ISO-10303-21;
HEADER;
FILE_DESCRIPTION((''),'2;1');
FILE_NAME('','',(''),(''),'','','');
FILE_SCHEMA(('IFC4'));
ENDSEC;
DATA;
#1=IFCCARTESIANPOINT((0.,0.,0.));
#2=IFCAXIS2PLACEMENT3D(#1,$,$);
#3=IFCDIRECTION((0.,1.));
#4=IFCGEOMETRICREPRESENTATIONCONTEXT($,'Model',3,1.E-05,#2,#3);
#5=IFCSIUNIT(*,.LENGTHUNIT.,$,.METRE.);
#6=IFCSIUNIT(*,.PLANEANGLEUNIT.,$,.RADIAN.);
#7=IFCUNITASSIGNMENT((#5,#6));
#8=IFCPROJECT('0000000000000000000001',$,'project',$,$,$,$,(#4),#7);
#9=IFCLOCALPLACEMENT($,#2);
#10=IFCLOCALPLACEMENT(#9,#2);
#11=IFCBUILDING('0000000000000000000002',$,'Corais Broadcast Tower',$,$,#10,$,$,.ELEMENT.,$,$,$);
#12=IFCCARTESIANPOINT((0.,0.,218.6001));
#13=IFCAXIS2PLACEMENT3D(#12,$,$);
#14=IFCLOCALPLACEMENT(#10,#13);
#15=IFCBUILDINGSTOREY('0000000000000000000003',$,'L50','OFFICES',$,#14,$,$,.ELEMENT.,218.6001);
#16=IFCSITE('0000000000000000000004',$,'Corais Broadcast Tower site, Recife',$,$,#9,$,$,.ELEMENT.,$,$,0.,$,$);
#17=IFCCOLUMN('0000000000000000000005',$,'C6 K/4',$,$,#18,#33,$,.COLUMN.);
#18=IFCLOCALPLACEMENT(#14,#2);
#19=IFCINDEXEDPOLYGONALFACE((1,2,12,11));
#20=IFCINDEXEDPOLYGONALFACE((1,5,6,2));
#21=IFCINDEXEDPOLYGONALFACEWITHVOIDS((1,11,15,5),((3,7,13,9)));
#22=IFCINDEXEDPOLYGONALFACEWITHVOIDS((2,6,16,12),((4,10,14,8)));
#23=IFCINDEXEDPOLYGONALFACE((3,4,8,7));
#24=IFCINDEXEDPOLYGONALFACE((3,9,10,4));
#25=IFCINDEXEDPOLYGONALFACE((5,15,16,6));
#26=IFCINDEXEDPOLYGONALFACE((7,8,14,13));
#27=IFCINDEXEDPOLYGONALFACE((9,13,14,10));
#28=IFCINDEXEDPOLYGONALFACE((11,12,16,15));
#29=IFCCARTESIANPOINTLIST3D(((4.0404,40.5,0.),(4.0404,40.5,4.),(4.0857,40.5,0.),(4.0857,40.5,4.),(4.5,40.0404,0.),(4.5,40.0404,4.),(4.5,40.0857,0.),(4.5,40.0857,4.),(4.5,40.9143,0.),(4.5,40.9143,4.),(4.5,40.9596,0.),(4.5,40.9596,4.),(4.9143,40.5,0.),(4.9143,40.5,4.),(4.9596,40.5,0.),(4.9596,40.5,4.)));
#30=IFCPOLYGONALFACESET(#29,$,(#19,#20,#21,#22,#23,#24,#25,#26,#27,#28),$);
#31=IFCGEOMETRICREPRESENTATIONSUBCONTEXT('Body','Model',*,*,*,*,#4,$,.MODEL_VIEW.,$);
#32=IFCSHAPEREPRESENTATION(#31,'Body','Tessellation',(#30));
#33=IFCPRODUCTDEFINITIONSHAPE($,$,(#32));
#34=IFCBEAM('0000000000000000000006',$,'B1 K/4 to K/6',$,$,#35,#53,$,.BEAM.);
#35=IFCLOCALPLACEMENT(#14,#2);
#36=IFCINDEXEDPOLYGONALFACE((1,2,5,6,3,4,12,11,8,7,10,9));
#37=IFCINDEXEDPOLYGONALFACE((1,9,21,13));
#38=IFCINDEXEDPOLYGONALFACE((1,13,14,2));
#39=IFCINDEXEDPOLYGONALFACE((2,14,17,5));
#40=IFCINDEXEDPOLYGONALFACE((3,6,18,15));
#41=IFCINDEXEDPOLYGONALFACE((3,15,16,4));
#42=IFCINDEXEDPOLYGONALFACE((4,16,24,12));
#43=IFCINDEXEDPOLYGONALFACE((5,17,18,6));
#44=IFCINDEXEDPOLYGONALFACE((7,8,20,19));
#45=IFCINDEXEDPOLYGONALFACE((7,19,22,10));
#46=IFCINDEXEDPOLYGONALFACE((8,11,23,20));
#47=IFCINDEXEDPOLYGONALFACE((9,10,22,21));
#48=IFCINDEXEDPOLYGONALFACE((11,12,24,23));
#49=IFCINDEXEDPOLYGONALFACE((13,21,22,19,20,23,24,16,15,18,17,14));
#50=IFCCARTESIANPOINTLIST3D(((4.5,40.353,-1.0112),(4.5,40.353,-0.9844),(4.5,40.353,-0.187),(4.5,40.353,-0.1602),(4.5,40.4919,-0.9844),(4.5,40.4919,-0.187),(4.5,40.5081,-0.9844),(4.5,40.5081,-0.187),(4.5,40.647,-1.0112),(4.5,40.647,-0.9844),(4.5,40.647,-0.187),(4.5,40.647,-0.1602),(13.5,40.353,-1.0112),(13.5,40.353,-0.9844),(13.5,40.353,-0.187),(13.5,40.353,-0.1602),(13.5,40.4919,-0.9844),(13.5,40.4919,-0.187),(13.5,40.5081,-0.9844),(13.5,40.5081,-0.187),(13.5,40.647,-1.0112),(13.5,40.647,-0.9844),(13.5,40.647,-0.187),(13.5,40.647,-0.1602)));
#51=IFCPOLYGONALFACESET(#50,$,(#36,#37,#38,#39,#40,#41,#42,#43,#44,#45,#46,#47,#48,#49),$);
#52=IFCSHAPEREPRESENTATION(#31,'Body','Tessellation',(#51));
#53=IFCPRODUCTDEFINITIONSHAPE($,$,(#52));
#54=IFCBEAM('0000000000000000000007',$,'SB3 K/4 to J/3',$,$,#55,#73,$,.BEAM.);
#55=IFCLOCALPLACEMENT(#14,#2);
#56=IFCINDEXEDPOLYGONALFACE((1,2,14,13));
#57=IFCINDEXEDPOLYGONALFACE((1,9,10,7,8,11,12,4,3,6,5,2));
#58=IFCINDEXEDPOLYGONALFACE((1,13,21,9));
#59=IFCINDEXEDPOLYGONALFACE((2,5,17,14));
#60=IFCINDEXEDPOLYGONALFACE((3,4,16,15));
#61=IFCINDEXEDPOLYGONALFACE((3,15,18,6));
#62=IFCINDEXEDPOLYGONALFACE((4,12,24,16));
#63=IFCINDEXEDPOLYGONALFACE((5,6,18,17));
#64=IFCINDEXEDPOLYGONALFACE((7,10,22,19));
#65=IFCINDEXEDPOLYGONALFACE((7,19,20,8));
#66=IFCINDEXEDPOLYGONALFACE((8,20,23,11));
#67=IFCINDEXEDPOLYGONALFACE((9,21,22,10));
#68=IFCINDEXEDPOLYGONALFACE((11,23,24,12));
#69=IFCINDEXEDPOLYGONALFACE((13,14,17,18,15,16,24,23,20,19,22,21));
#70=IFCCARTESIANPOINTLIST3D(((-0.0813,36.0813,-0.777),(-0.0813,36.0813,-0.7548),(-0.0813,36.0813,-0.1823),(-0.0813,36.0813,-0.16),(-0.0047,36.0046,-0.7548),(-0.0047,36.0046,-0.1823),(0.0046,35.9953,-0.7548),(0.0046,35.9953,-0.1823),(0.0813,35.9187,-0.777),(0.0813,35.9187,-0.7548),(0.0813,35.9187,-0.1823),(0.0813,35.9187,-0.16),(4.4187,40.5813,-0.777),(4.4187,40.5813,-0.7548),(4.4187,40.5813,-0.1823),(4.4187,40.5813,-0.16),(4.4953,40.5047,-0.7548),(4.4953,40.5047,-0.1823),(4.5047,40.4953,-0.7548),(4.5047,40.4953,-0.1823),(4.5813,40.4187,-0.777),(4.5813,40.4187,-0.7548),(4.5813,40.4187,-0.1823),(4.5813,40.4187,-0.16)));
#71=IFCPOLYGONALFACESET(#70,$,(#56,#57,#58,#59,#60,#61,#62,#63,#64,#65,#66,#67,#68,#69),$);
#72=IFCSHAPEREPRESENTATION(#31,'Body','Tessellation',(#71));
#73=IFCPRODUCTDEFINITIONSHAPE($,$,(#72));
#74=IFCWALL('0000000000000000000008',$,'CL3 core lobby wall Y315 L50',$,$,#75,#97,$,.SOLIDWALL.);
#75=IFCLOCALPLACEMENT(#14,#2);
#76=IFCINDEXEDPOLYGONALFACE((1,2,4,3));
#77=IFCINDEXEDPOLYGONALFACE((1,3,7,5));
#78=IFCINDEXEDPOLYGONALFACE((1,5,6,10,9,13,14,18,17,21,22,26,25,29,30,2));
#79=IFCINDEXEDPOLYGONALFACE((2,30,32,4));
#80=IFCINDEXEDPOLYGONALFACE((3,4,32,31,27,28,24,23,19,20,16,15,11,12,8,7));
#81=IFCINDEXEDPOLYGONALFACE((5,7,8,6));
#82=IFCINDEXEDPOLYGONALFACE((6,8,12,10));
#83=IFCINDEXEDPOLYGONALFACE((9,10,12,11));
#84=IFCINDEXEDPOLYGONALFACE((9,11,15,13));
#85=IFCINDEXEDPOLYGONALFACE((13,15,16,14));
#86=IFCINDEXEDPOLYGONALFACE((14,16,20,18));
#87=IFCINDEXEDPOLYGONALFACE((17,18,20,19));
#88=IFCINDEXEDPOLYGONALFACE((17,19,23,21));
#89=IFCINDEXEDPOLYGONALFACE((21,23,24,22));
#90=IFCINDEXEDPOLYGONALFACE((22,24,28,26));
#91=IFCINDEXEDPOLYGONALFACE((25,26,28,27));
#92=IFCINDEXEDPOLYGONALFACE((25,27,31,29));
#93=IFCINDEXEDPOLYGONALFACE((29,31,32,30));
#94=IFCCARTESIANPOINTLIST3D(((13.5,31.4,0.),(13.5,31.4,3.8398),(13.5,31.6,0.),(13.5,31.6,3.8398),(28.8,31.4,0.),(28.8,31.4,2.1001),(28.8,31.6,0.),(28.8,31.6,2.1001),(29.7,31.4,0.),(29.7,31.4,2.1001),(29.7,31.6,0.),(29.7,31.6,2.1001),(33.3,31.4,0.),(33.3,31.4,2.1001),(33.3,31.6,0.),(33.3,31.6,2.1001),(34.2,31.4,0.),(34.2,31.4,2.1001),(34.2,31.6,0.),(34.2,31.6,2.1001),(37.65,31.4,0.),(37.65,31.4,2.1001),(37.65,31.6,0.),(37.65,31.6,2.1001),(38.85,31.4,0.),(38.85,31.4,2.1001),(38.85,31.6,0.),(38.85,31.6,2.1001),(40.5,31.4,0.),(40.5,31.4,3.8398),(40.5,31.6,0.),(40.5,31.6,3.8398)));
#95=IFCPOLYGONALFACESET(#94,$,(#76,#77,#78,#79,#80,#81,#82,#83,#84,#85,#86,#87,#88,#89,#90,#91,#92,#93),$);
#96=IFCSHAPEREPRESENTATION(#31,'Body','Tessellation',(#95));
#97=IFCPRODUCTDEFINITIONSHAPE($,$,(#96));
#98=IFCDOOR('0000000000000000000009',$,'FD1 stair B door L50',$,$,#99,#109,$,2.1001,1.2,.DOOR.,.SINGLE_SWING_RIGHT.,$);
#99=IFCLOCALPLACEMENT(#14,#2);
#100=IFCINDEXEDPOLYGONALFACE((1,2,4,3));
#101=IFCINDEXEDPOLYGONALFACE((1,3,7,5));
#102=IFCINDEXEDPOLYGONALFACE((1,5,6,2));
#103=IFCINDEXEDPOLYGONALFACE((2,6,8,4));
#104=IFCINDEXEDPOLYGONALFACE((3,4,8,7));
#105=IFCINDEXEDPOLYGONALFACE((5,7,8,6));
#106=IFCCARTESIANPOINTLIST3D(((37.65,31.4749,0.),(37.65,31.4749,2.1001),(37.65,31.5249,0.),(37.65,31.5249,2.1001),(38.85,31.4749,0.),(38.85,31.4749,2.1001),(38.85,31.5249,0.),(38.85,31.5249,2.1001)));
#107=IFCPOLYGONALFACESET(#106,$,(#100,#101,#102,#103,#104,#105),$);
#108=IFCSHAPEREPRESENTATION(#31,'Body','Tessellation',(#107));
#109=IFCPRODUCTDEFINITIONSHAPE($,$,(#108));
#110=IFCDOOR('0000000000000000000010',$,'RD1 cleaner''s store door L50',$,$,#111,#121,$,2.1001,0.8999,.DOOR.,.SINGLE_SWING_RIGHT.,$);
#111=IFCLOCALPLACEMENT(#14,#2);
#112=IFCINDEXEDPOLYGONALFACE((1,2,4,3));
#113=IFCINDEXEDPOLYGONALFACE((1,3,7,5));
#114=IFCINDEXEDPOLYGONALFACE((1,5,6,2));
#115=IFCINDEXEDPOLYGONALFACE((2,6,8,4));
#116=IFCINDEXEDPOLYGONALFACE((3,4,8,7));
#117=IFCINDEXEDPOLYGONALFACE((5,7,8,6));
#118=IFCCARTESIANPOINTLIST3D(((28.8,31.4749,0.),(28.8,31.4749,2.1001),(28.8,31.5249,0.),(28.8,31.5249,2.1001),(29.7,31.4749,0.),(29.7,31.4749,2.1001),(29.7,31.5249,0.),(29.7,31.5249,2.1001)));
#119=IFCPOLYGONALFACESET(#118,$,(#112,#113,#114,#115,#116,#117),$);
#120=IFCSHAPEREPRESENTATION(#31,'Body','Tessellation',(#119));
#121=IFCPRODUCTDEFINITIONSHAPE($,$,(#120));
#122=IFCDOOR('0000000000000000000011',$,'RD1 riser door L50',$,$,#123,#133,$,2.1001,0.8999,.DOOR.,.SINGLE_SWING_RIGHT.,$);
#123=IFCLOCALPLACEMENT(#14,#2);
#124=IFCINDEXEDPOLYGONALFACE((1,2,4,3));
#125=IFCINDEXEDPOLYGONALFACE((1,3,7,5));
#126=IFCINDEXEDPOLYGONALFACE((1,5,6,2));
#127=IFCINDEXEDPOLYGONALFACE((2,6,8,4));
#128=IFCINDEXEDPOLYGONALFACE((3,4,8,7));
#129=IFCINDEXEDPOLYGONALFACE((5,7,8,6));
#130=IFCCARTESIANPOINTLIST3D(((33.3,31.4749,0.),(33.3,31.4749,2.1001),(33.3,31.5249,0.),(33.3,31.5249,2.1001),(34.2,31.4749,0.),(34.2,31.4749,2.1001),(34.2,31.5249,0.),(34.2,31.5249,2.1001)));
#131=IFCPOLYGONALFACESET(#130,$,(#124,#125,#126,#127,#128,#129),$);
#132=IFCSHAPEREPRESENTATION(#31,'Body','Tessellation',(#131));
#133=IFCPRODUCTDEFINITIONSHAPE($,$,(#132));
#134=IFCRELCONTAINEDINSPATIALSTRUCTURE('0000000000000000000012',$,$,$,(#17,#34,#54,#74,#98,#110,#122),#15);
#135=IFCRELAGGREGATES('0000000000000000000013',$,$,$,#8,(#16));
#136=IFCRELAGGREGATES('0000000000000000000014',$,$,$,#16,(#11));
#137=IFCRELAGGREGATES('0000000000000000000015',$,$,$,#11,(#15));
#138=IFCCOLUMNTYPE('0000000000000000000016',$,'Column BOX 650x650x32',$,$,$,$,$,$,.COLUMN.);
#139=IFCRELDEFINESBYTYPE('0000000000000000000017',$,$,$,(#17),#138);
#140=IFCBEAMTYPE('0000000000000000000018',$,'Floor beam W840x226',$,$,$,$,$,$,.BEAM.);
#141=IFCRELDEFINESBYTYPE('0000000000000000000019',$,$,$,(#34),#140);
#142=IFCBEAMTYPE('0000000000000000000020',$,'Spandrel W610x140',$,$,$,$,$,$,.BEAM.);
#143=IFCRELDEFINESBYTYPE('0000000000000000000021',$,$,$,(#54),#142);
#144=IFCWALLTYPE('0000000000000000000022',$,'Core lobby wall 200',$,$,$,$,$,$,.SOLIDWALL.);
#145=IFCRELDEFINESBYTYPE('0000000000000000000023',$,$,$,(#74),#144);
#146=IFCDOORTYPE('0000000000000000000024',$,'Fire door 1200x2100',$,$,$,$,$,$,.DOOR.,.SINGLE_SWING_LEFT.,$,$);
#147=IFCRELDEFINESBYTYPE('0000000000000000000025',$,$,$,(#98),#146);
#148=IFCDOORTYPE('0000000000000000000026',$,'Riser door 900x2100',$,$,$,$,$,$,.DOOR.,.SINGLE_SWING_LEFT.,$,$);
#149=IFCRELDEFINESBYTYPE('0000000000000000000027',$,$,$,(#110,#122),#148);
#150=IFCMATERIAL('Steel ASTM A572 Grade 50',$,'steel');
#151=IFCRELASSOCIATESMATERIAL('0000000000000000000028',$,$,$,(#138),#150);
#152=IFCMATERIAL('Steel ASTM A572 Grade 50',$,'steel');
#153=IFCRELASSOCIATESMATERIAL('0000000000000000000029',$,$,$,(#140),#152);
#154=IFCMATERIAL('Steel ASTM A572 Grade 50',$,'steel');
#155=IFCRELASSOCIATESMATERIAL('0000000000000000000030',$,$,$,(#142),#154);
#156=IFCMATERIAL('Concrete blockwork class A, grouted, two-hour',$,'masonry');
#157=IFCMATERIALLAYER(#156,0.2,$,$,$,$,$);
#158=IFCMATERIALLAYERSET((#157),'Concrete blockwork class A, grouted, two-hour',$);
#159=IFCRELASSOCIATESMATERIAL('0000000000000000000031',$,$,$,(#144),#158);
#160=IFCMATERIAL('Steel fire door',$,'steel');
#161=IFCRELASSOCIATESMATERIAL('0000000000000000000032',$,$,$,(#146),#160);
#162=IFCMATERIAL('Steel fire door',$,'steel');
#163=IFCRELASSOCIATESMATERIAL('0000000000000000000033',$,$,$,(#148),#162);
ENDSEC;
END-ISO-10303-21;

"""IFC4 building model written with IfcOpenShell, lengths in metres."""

from ifc_helpers import new_model, si_unit, direction, frame, frame_2d, origin, origin_2d, place, context, subcontext, project, spatial, rectangle, hollow_rectangle, i_section, extrude, material, layer, layer_set, material_profile, profile_set, type_object, element, fill, save


model = new_model("IFC4")

# Units and contexts
model_context = context("Model", 3, precision=1e-05, world=origin(), true_north=direction((0.0, 1.0)))
body_context = subcontext(model_context, "Body", "Model", "MODEL_VIEW")
ifc_project = project(units=[si_unit("LENGTHUNIT", "METRE"), si_unit("PLANEANGLEUNIT", "RADIAN")], contexts=[model_context])

# Site, building, storey
site_placement = place(None, origin())
site = spatial("IfcSite", under=ifc_project, at=site_placement, Name="Corais Broadcast Tower site, Recife", CompositionType="ELEMENT", RefElevation=0.0)
building_placement = place(site_placement, origin())
building = spatial("IfcBuilding", under=site, at=building_placement, Name="Corais Broadcast Tower", CompositionType="ELEMENT")
storey_placement = place(building_placement, frame((0.0, 0.0, 218.6001)))
storey = spatial("IfcBuildingStorey", under=building, at=storey_placement, Name="L50", Description="OFFICES", CompositionType="ELEMENT", Elevation=218.6001)

# Column
ifc_material_1 = material(Name="Steel ASTM A572 Grade 50", Category="steel")
ifc_material_profile_1 = material_profile(ifc_material_1, hollow_rectangle(XDim=0.6499, YDim=0.6499, WallThickness=0.032, at=origin_2d()), Name="BOX 650x650x32")
ifc_profile_set_1 = profile_set([ifc_material_profile_1], Name="Steel ASTM A572 Grade 50")
column_type = type_object("IfcColumnType", Name="Column BOX 650x650x32", PredefinedType="COLUMN", material=ifc_profile_set_1)
column_placement = place(storey_placement, frame((4.5, 40.5, 0.0), z_axis=(0.0, 0.0, 1.0), x_axis=(0.707107, 0.707107, 0.0)))
element("IfcColumn", 1, at=column_placement, inside=storey, type_object=column_type, Name="C6 K/4", PredefinedType="COLUMN", context=body_context, shape_type="SweptSolid", body=[
    extrude(hollow_rectangle(XDim=0.6499, YDim=0.6499, WallThickness=0.032, at=origin_2d()), origin(), (0.0, 0.0, 1.0), 4.0),
])

# Beams
ifc_material_2 = material(Name="Steel ASTM A572 Grade 50", Category="steel")
ifc_material_profile_2 = material_profile(ifc_material_2, i_section(OverallWidth=0.2939, OverallDepth=0.8511, WebThickness=0.0161, FlangeThickness=0.0269, at=origin_2d()), Name="W840x226")
ifc_profile_set_2 = profile_set([ifc_material_profile_2], Name="Steel ASTM A572 Grade 50")
beam_type_1 = type_object("IfcBeamType", Name="Floor beam W840x226", PredefinedType="BEAM", material=ifc_profile_set_2)
beam_1_placement = place(storey_placement, frame((4.5, 40.5, -0.5857), z_axis=(1.0, 0.0, 0.0), x_axis=(0.0, 1.0, 0.0)))
element("IfcBeam", 2, at=beam_1_placement, inside=storey, type_object=beam_type_1, Name="B1 K/4 to K/6", PredefinedType="BEAM", context=body_context, shape_type="SweptSolid", body=[
    extrude(i_section(OverallWidth=0.2939, OverallDepth=0.8511, WebThickness=0.0161, FlangeThickness=0.0269, at=origin_2d()), origin(), (0.0, 0.0, 1.0), 9.0),
])
ifc_material_3 = material(Name="Steel ASTM A572 Grade 50", Category="steel")
ifc_material_profile_3 = material_profile(ifc_material_3, i_section(OverallWidth=0.23, OverallDepth=0.6169, WebThickness=0.0132, FlangeThickness=0.0222, at=origin_2d()), Name="W610x140")
ifc_profile_set_3 = profile_set([ifc_material_profile_3], Name="Steel ASTM A572 Grade 50")
beam_type_2 = type_object("IfcBeamType", Name="Spandrel W610x140", PredefinedType="BEAM", material=ifc_profile_set_3)
beam_2_placement = place(storey_placement, frame((4.5, 40.5, -0.4685), z_axis=(-0.707107, -0.707107, 0.0), x_axis=(0.707107, -0.707107, 0.0)))
element("IfcBeam", 3, at=beam_2_placement, inside=storey, type_object=beam_type_2, Name="SB3 K/4 to J/3", PredefinedType="BEAM", context=body_context, shape_type="SweptSolid", body=[
    extrude(i_section(OverallWidth=0.23, OverallDepth=0.6169, WebThickness=0.0132, FlangeThickness=0.0222, at=origin_2d()), origin(), (0.0, 0.0, 1.0), 6.364),
])

# Wall, openings, doors
ifc_material_4 = material(Name="Concrete blockwork class A, grouted, two-hour", Category="masonry")
ifc_layer_1 = layer(ifc_material_4, 0.2)
ifc_layer_set_1 = layer_set([ifc_layer_1], Name="Concrete blockwork class A, grouted, two-hour")
wall_type_1 = type_object("IfcWallType", Name="Core lobby wall 200", PredefinedType="SOLIDWALL", material=ifc_layer_set_1)
wall_1_placement = place(storey_placement, frame((13.5, 31.5, 0.0), z_axis=(0.0, 0.0, 1.0), x_axis=(1.0, 0.0, 0.0)))
wall_1 = element("IfcWall", 4, at=wall_1_placement, inside=storey, type_object=wall_type_1, Name="CL3 core lobby wall Y315 L50", PredefinedType="SOLIDWALL", context=body_context, shape_type="SweptSolid", body=[
    extrude(rectangle(XDim=27.0, YDim=0.2, at=frame_2d((13.5, 0.0))), origin(), (0.0, 0.0, 1.0), 3.8398),
])
opening_1_placement = place(wall_1_placement, frame((24.1499, 0.0, 0.0)))
opening_1 = element("IfcOpeningElement", 5, at=opening_1_placement, cuts=wall_1, PredefinedType="OPENING", context=body_context, shape_type="SweptSolid", body=[
    extrude(rectangle(XDim=1.2, YDim=2.1001, at=frame_2d((0.6001, 1.05))), frame((0.0, 0.1099, 0.0), z_axis=(0.0, -1.0, 0.0), x_axis=(1.0, 0.0, 0.0)), (0.0, 0.0, 1.0), 0.22),
])
opening_2_placement = place(wall_1_placement, frame((15.3, 0.0, 0.0)))
opening_2 = element("IfcOpeningElement", 6, at=opening_2_placement, cuts=wall_1, PredefinedType="OPENING", context=body_context, shape_type="SweptSolid", body=[
    extrude(rectangle(XDim=0.8999, YDim=2.1001, at=frame_2d((0.45, 1.05))), frame((0.0, 0.1099, 0.0), z_axis=(0.0, -1.0, 0.0), x_axis=(1.0, 0.0, 0.0)), (0.0, 0.0, 1.0), 0.22),
])
opening_3_placement = place(wall_1_placement, frame((19.8, 0.0, 0.0)))
opening_3 = element("IfcOpeningElement", 7, at=opening_3_placement, cuts=wall_1, PredefinedType="OPENING", context=body_context, shape_type="SweptSolid", body=[
    extrude(rectangle(XDim=0.8999, YDim=2.1001, at=frame_2d((0.45, 1.05))), frame((0.0, 0.1099, 0.0), z_axis=(0.0, -1.0, 0.0), x_axis=(1.0, 0.0, 0.0)), (0.0, 0.0, 1.0), 0.22),
])
ifc_material_5 = material(Name="Steel fire door", Category="steel")
door_type_1 = type_object("IfcDoorType", Name="Fire door 1200x2100", OperationType="SINGLE_SWING_LEFT", PredefinedType="DOOR", material=ifc_material_5)
door_1_placement = place(opening_1_placement, origin())
door_1 = element("IfcDoor", 8, at=door_1_placement, inside=storey, type_object=door_type_1, Name="FD1 stair B door L50", OperationType="SINGLE_SWING_RIGHT", OverallHeight=2.1001, OverallWidth=1.2, PredefinedType="DOOR", context=body_context, shape_type="SweptSolid", body=[
    extrude(rectangle(XDim=1.2, YDim=2.1001, at=frame_2d((0.6001, 1.05))), frame((0.0, 0.0249, 0.0), z_axis=(0.0, -1.0, 0.0), x_axis=(1.0, 0.0, 0.0)), (0.0, 0.0, 1.0), 0.05),
])
fill(opening_1, door_1)
ifc_material_6 = material(Name="Steel fire door", Category="steel")
door_type_2 = type_object("IfcDoorType", Name="Riser door 900x2100", OperationType="SINGLE_SWING_LEFT", PredefinedType="DOOR", material=ifc_material_6)
door_2_placement = place(opening_2_placement, origin())
door_2 = element("IfcDoor", 9, at=door_2_placement, inside=storey, type_object=door_type_2, Name="RD1 cleaner's store door L50", OperationType="SINGLE_SWING_RIGHT", OverallHeight=2.1001, OverallWidth=0.8999, PredefinedType="DOOR", context=body_context, shape_type="SweptSolid", body=[
    extrude(rectangle(XDim=0.8999, YDim=2.1001, at=frame_2d((0.45, 1.05))), frame((0.0, 0.0249, 0.0), z_axis=(0.0, -1.0, 0.0), x_axis=(1.0, 0.0, 0.0)), (0.0, 0.0, 1.0), 0.05),
])
fill(opening_2, door_2)
door_3_placement = place(opening_3_placement, origin())
door_3 = element("IfcDoor", 10, at=door_3_placement, inside=storey, type_object=door_type_2, Name="RD1 riser door L50", OperationType="SINGLE_SWING_RIGHT", OverallHeight=2.1001, OverallWidth=0.8999, PredefinedType="DOOR", context=body_context, shape_type="SweptSolid", body=[
    extrude(rectangle(XDim=0.8999, YDim=2.1001, at=frame_2d((0.45, 1.05))), frame((0.0, 0.0249, 0.0), z_axis=(0.0, -1.0, 0.0), x_axis=(1.0, 0.0, 0.0)), (0.0, 0.0, 1.0), 0.05),
])
fill(opening_3, door_3)

save(model, "model.ifc")
